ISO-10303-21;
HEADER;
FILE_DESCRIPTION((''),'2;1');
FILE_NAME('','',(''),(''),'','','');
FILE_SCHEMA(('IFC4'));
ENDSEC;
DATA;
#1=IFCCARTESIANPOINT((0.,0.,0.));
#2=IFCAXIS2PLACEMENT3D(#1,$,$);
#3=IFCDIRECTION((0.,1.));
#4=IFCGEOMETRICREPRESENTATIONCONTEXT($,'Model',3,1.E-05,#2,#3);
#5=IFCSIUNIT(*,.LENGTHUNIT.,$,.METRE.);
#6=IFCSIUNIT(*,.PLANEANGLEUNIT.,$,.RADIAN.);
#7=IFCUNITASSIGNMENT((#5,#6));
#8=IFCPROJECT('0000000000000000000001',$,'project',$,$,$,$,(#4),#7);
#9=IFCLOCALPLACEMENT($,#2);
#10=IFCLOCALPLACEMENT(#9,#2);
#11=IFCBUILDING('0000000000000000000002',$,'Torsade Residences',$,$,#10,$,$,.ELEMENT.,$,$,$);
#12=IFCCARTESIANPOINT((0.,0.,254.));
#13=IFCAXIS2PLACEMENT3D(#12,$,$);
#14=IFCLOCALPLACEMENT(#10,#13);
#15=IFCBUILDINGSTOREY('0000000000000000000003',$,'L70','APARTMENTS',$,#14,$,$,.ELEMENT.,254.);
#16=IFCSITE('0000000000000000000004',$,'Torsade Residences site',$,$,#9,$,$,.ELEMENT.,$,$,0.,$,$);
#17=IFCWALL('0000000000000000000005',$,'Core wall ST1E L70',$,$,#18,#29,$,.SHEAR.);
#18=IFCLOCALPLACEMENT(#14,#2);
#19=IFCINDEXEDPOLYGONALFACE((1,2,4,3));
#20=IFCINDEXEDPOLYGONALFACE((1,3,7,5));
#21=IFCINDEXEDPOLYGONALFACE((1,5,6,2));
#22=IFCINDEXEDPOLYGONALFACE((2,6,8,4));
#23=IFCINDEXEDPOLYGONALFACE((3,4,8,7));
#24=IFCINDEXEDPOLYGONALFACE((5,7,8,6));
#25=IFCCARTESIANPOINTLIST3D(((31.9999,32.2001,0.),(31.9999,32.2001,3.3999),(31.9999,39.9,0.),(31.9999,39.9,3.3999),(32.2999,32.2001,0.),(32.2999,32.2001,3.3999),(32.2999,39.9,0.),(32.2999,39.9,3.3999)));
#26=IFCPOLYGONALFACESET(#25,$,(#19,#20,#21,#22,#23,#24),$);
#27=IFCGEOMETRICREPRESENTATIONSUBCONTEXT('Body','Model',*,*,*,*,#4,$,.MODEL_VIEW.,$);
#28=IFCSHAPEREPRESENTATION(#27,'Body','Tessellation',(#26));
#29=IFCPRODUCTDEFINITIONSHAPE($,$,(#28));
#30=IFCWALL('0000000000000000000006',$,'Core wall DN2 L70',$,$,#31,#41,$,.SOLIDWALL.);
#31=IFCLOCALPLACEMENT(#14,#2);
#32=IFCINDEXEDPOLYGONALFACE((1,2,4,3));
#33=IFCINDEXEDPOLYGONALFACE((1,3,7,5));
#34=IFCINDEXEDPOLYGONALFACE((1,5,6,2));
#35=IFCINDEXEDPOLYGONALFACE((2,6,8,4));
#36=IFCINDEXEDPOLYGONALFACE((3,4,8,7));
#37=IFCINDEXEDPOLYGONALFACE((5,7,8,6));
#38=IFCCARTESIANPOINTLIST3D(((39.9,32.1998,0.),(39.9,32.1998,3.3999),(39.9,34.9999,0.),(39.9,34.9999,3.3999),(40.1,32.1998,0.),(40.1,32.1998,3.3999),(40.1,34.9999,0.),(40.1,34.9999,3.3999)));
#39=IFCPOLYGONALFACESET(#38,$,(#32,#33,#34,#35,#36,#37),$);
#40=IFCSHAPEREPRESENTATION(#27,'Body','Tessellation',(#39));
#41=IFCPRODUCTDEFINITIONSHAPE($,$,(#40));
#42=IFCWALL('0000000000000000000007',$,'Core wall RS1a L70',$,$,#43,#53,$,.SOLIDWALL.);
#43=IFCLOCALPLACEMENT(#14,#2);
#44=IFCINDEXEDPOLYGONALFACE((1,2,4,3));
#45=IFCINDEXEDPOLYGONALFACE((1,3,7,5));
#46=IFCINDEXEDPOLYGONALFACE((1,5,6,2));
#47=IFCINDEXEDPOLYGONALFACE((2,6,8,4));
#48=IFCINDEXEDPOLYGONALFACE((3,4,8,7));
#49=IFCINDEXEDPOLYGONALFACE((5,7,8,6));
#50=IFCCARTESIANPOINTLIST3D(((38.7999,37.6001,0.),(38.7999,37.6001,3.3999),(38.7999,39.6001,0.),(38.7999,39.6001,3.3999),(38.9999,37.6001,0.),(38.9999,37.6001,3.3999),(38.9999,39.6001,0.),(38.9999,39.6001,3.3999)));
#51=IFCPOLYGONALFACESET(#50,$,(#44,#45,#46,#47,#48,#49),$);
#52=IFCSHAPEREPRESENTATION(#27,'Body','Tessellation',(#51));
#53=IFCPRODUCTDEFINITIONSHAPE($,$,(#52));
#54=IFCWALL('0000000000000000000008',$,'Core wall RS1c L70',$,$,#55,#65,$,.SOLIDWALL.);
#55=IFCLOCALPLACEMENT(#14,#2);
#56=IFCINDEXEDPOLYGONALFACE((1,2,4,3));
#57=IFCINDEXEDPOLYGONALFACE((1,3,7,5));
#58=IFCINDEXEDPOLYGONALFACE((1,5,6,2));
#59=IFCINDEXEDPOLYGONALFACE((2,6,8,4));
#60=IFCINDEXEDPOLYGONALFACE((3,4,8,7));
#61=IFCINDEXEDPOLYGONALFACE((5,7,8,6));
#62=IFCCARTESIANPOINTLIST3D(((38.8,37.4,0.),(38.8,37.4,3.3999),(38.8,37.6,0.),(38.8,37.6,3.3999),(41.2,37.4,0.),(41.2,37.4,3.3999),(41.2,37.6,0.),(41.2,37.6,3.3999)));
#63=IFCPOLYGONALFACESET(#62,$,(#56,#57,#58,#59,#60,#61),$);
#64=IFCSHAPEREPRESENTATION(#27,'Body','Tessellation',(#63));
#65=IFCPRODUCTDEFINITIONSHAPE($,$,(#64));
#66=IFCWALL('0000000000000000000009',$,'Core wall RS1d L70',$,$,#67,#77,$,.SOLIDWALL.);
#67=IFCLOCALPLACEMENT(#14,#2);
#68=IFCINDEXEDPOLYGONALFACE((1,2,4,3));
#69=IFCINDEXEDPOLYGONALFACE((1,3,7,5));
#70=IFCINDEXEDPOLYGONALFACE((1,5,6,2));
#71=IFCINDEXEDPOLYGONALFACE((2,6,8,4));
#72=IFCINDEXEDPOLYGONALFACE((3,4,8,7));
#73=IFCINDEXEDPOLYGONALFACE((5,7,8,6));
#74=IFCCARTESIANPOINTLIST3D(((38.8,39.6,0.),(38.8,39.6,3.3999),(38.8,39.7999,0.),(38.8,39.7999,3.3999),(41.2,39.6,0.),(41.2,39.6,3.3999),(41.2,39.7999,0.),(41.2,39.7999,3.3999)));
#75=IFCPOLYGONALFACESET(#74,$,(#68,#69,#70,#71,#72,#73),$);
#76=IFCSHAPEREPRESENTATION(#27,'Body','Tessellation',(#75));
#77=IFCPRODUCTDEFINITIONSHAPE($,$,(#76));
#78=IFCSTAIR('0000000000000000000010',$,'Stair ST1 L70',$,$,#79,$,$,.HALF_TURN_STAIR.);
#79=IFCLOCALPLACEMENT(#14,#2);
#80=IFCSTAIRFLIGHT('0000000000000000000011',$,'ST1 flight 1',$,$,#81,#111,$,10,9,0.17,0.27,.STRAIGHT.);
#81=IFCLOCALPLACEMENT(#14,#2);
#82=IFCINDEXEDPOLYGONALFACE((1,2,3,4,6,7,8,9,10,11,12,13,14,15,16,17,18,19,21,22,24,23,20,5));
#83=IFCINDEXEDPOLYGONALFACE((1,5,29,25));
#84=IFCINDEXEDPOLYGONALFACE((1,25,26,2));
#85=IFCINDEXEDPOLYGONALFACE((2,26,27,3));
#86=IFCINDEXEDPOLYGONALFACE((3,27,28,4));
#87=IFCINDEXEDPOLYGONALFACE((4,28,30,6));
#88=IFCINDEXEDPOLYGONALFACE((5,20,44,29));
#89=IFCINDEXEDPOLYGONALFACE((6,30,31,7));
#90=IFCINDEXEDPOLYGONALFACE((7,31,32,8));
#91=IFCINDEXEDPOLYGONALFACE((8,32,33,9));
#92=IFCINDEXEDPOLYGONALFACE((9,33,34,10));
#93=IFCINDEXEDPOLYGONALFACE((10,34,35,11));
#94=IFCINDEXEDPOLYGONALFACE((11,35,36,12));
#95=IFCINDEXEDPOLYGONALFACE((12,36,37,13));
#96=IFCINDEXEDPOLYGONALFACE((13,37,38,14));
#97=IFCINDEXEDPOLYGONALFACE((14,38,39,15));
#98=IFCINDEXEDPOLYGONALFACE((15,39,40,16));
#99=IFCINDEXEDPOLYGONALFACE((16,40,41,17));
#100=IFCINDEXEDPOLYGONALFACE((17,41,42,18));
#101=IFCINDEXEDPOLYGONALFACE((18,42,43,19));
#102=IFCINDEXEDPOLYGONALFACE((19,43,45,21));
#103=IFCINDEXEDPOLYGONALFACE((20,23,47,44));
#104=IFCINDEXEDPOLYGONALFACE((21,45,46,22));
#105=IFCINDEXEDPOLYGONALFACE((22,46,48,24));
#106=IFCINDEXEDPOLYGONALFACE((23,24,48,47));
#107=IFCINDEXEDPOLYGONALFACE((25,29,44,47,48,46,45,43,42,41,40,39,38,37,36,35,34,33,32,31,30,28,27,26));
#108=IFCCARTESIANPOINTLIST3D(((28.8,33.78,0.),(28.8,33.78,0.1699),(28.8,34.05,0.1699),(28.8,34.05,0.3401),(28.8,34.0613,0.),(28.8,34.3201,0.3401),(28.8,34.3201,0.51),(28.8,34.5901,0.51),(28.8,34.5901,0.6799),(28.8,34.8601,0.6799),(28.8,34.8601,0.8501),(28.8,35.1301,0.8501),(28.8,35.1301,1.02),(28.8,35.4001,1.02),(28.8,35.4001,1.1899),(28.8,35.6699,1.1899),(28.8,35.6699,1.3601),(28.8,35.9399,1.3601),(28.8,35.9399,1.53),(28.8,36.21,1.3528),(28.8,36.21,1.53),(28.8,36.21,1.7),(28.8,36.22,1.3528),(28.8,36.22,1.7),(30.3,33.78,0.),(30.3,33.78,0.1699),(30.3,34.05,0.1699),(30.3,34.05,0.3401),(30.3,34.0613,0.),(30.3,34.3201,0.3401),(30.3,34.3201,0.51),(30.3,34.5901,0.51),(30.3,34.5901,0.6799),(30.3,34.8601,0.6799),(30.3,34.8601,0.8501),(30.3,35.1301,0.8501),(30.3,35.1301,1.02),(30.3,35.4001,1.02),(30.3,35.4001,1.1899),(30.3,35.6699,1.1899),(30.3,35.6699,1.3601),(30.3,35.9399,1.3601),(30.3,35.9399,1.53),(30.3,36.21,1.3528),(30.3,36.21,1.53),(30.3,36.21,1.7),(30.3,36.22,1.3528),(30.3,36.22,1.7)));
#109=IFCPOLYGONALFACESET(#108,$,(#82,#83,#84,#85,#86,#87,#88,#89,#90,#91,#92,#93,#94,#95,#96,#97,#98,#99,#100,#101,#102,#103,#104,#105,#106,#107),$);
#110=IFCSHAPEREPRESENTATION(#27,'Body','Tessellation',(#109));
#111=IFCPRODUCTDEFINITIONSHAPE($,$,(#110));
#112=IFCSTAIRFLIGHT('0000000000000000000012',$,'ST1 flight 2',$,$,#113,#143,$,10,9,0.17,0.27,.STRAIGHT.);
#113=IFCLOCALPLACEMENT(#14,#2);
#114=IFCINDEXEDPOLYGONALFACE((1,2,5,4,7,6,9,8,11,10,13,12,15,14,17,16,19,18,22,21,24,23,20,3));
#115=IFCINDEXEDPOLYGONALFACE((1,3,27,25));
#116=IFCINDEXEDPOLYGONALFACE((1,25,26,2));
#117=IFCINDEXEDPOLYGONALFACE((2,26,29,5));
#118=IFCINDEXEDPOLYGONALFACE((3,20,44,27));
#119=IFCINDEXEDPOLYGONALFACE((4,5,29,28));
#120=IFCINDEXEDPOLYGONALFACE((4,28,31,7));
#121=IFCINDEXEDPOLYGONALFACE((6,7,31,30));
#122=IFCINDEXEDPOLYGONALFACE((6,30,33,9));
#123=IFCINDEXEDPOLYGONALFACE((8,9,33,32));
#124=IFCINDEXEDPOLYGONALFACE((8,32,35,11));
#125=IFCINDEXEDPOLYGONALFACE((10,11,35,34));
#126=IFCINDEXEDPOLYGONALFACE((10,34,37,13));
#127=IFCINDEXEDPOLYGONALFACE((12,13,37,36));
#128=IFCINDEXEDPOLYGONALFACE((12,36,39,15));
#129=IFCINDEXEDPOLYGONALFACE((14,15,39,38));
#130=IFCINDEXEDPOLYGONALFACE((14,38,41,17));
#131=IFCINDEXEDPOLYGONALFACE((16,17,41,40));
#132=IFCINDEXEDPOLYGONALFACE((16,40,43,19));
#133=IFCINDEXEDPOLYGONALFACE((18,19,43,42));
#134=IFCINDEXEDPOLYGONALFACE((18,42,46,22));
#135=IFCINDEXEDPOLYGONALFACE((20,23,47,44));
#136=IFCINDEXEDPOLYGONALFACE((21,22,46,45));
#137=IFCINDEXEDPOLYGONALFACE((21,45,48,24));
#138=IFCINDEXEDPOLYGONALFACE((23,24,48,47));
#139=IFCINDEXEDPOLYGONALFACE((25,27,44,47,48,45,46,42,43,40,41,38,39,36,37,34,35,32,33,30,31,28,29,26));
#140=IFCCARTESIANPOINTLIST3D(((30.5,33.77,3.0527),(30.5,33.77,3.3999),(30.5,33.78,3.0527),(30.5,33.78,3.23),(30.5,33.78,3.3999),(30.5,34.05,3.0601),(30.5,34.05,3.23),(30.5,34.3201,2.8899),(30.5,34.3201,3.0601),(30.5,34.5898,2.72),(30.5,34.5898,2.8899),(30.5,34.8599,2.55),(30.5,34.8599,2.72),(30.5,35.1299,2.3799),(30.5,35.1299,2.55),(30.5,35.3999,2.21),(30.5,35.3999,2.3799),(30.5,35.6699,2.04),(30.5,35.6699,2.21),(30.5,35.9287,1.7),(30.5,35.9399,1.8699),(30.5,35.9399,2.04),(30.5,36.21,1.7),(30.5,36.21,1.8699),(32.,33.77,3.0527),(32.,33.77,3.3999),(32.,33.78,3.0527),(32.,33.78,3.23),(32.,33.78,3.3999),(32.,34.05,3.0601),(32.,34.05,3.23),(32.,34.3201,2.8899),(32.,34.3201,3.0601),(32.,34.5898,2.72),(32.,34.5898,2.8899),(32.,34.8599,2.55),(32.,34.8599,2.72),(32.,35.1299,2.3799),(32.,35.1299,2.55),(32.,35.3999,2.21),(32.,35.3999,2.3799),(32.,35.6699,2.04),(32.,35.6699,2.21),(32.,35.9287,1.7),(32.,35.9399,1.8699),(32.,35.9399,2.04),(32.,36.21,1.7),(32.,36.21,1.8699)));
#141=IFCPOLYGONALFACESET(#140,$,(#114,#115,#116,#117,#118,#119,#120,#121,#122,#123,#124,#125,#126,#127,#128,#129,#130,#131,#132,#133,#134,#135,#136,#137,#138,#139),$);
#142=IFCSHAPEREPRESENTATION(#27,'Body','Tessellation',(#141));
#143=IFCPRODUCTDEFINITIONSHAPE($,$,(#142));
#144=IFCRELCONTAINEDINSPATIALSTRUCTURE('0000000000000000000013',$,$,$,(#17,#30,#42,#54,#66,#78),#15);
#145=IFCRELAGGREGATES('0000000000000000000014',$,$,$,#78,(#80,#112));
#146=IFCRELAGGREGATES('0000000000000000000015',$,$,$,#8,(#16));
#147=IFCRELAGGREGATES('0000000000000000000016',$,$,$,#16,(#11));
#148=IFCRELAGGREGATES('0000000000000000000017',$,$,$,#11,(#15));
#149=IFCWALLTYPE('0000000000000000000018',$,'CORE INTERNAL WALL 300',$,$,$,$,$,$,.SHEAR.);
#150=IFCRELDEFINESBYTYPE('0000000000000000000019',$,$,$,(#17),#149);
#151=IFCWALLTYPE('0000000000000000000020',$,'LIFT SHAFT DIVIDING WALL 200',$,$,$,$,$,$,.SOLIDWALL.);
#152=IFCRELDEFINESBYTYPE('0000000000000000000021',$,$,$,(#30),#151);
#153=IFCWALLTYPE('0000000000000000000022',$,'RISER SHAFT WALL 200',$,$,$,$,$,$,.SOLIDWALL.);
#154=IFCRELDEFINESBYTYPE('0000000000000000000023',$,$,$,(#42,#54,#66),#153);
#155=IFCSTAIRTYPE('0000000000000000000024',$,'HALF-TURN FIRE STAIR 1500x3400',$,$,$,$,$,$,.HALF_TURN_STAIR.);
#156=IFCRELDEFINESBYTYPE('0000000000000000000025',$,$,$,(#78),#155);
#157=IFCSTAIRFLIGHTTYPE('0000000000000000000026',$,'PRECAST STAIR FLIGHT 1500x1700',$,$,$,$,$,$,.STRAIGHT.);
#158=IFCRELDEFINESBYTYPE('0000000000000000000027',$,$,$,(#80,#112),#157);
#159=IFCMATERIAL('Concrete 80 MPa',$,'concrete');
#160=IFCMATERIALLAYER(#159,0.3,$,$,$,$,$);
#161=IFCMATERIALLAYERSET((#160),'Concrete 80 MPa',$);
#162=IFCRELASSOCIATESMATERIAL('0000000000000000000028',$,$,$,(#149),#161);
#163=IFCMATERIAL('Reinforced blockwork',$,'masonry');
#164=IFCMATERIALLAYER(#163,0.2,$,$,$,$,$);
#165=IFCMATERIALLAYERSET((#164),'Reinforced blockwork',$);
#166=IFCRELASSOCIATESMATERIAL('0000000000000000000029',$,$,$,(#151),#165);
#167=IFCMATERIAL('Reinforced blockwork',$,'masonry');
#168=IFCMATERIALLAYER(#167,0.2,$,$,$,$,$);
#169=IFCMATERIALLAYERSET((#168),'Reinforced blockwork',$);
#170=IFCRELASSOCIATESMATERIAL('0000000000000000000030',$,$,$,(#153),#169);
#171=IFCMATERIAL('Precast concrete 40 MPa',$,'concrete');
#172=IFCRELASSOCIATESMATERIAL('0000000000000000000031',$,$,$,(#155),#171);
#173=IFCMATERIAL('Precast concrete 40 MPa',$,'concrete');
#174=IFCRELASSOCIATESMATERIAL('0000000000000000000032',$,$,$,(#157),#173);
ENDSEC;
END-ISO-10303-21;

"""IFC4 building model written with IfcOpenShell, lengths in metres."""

from ifc_helpers import new_model, si_unit, direction, frame, frame_2d, origin, place, context, subcontext, project, spatial, polyline, rectangle, outline, extrude, material, layer, layer_set, type_object, element, aggregate, save


model = new_model("IFC4")

# Units and contexts
model_context = context("Model", 3, precision=1e-05, world=origin(), true_north=direction((0.0, 1.0)))
body_context = subcontext(model_context, "Body", "Model", "MODEL_VIEW")
ifc_project = project(units=[si_unit("LENGTHUNIT", "METRE"), si_unit("PLANEANGLEUNIT", "RADIAN")], contexts=[model_context])

# Site, building, storey
site_placement = place(None, origin())
site = spatial("IfcSite", under=ifc_project, at=site_placement, Name="Torsade Residences site", CompositionType="ELEMENT", RefElevation=0.0)
building_placement = place(site_placement, origin())
building = spatial("IfcBuilding", under=site, at=building_placement, Name="Torsade Residences", CompositionType="ELEMENT")
storey_placement = place(building_placement, frame((0.0, 0.0, 254.0)))
storey = spatial("IfcBuildingStorey", under=building, at=storey_placement, Name="L70", Description="APARTMENTS", CompositionType="ELEMENT", Elevation=254.0)

# Shared definitions
ifc_material_1 = material(Name="Concrete 80 MPa", Category="concrete")
ifc_layer_1 = layer(ifc_material_1, 0.3)
ifc_layer_set_1 = layer_set([ifc_layer_1], Name="Concrete 80 MPa")
wall_type_1 = type_object("IfcWallType", Name="CORE INTERNAL WALL 300", PredefinedType="SHEAR", material=ifc_layer_set_1)

# Walls
wall_1_placement = place(storey_placement, frame((32.1499, 32.2, 0.0), z_axis=(0.0, 0.0, 1.0), x_axis=(0.0, 1.0, 0.0)))
element("IfcWall", 1, at=wall_1_placement, inside=storey, type_object=wall_type_1, Name="Core wall ST1E L70", PredefinedType="SHEAR", context=body_context, shape_type="SweptSolid", body=[
    extrude(rectangle(XDim=7.7, YDim=0.3, at=frame_2d((3.8501, 0.0))), origin(), (0.0, 0.0, 1.0), 3.3999),
])
ifc_material_2 = material(Name="Reinforced blockwork", Category="masonry")
ifc_layer_2 = layer(ifc_material_2, 0.2)
ifc_layer_set_2 = layer_set([ifc_layer_2], Name="Reinforced blockwork")
wall_type_2 = type_object("IfcWallType", Name="LIFT SHAFT DIVIDING WALL 200", PredefinedType="SOLIDWALL", material=ifc_layer_set_2)
wall_2_placement = place(storey_placement, frame((40.0, 32.2, 0.0), z_axis=(0.0, 0.0, 1.0), x_axis=(0.0, 1.0, 0.0)))
element("IfcWall", 2, at=wall_2_placement, inside=storey, type_object=wall_type_2, Name="Core wall DN2 L70", PredefinedType="SOLIDWALL", context=body_context, shape_type="SweptSolid", body=[
    extrude(rectangle(XDim=2.8, YDim=0.2, at=frame_2d((1.3999, 0.0))), origin(), (0.0, 0.0, 1.0), 3.3999),
])
ifc_material_3 = material(Name="Reinforced blockwork", Category="masonry")
ifc_layer_3 = layer(ifc_material_3, 0.2)
ifc_layer_set_3 = layer_set([ifc_layer_3], Name="Reinforced blockwork")
wall_type_3 = type_object("IfcWallType", Name="RISER SHAFT WALL 200", PredefinedType="SOLIDWALL", material=ifc_layer_set_3)
wall_3_placement = place(storey_placement, frame((38.8999, 37.6001, 0.0), z_axis=(0.0, 0.0, 1.0), x_axis=(0.0, 1.0, 0.0)))
element("IfcWall", 3, at=wall_3_placement, inside=storey, type_object=wall_type_3, Name="Core wall RS1a L70", PredefinedType="SOLIDWALL", context=body_context, shape_type="SweptSolid", body=[
    extrude(rectangle(XDim=2.0, YDim=0.2, at=frame_2d((1.0, 0.0))), origin(), (0.0, 0.0, 1.0), 3.3999),
])
for number, where, z_axis, x_axis, name in (
    (4, (38.8, 37.5, 0.0), (0.0, 0.0, 1.0), (1.0, 0.0, 0.0), "Core wall RS1c L70"),
    (5, (38.8, 39.7, 0.0), (0.0, 0.0, 1.0), (1.0, 0.0, 0.0), "Core wall RS1d L70"),
):
    element("IfcWall", number, at=place(storey_placement, frame(where, z_axis=z_axis, x_axis=x_axis)), inside=storey, type_object=wall_type_3, Name=name, PredefinedType="SOLIDWALL", context=body_context, shape_type="SweptSolid", body=[
        extrude(rectangle(XDim=2.3999, YDim=0.2, at=frame_2d((1.2, 0.0))), origin(), (0.0, 0.0, 1.0), 3.3999),
    ])

# Stair, stair flights
ifc_material_4 = material(Name="Precast concrete 40 MPa", Category="concrete")
stair_type = type_object("IfcStairType", Name="HALF-TURN FIRE STAIR 1500x3400", PredefinedType="HALF_TURN_STAIR", material=ifc_material_4)
stair_placement = place(storey_placement, origin())
stair = element("IfcStair", 6, at=stair_placement, inside=storey, type_object=stair_type, Name="Stair ST1 L70", PredefinedType="HALF_TURN_STAIR")
ifc_material_5 = material(Name="Precast concrete 40 MPa", Category="concrete")
stair_flight_type = type_object("IfcStairFlightType", Name="PRECAST STAIR FLIGHT 1500x1700", PredefinedType="STRAIGHT", material=ifc_material_5)
stair_flight_1_placement = place(storey_placement, frame((29.55, 33.78, 0.0), z_axis=(0.0, 0.0, 1.0), x_axis=(0.0, 1.0, 0.0)))
stair_flight_1 = element("IfcStairFlight", 7, at=stair_flight_1_placement, type_object=stair_flight_type, Name="ST1 flight 1", NumberOfRisers=10, NumberOfTreads=9, PredefinedType="STRAIGHT", RiserHeight=0.17, TreadLength=0.27, context=body_context, shape_type="SweptSolid", body=[
    extrude(outline(polyline([(0.0, 0.0), (0.0, 0.1699), (0.27, 0.1699), (0.27, 0.3401), (0.54, 0.3401), (0.54, 0.51), (0.8101, 0.51), (0.8101, 0.6799), (1.0801, 0.6799), (1.0801, 0.8501), (1.3501, 0.8501), (1.3501, 1.02), (1.6201, 1.02), (1.6201, 1.1899), (1.8899, 1.1899), (1.8899, 1.3601), (2.1599, 1.3601), (2.1599, 1.53), (2.4299, 1.53), (2.4299, 1.7), (2.4399, 1.7), (2.4399, 1.3528), (2.4299, 1.3528), (0.2812, 0.0), (0.0, 0.0)])), frame((0.0, 0.75, 0.0), z_axis=(0.0, -1.0, 0.0), x_axis=(1.0, 0.0, 0.0)), (0.0, 0.0, 1.0), 1.5),
])
stair_flight_2_placement = place(storey_placement, frame((31.25, 36.21, 1.7), z_axis=(0.0, 0.0, 1.0), x_axis=(0.0, -1.0, 0.0)))
stair_flight_2 = element("IfcStairFlight", 8, at=stair_flight_2_placement, type_object=stair_flight_type, Name="ST1 flight 2", NumberOfRisers=10, NumberOfTreads=9, PredefinedType="STRAIGHT", RiserHeight=0.17, TreadLength=0.27, context=body_context, shape_type="SweptSolid", body=[
    extrude(outline(polyline([(0.0, 0.0), (0.0, 0.1699), (0.27, 0.1699), (0.27, 0.3401), (0.54, 0.3401), (0.54, 0.51), (0.8101, 0.51), (0.8101, 0.6799), (1.0801, 0.6799), (1.0801, 0.8501), (1.3501, 0.8501), (1.3501, 1.02), (1.6201, 1.02), (1.6201, 1.1899), (1.8899, 1.1899), (1.8899, 1.3601), (2.1599, 1.3601), (2.1599, 1.53), (2.4299, 1.53), (2.4299, 1.7), (2.4399, 1.7), (2.4399, 1.3528), (2.4299, 1.3528), (0.2812, 0.0), (0.0, 0.0)])), frame((0.0, 0.75, 0.0), z_axis=(0.0, -1.0, 0.0), x_axis=(1.0, 0.0, 0.0)), (0.0, 0.0, 1.0), 1.5),
])
aggregate(stair, [stair_flight_1, stair_flight_2])

save(model, "model.ifc")
